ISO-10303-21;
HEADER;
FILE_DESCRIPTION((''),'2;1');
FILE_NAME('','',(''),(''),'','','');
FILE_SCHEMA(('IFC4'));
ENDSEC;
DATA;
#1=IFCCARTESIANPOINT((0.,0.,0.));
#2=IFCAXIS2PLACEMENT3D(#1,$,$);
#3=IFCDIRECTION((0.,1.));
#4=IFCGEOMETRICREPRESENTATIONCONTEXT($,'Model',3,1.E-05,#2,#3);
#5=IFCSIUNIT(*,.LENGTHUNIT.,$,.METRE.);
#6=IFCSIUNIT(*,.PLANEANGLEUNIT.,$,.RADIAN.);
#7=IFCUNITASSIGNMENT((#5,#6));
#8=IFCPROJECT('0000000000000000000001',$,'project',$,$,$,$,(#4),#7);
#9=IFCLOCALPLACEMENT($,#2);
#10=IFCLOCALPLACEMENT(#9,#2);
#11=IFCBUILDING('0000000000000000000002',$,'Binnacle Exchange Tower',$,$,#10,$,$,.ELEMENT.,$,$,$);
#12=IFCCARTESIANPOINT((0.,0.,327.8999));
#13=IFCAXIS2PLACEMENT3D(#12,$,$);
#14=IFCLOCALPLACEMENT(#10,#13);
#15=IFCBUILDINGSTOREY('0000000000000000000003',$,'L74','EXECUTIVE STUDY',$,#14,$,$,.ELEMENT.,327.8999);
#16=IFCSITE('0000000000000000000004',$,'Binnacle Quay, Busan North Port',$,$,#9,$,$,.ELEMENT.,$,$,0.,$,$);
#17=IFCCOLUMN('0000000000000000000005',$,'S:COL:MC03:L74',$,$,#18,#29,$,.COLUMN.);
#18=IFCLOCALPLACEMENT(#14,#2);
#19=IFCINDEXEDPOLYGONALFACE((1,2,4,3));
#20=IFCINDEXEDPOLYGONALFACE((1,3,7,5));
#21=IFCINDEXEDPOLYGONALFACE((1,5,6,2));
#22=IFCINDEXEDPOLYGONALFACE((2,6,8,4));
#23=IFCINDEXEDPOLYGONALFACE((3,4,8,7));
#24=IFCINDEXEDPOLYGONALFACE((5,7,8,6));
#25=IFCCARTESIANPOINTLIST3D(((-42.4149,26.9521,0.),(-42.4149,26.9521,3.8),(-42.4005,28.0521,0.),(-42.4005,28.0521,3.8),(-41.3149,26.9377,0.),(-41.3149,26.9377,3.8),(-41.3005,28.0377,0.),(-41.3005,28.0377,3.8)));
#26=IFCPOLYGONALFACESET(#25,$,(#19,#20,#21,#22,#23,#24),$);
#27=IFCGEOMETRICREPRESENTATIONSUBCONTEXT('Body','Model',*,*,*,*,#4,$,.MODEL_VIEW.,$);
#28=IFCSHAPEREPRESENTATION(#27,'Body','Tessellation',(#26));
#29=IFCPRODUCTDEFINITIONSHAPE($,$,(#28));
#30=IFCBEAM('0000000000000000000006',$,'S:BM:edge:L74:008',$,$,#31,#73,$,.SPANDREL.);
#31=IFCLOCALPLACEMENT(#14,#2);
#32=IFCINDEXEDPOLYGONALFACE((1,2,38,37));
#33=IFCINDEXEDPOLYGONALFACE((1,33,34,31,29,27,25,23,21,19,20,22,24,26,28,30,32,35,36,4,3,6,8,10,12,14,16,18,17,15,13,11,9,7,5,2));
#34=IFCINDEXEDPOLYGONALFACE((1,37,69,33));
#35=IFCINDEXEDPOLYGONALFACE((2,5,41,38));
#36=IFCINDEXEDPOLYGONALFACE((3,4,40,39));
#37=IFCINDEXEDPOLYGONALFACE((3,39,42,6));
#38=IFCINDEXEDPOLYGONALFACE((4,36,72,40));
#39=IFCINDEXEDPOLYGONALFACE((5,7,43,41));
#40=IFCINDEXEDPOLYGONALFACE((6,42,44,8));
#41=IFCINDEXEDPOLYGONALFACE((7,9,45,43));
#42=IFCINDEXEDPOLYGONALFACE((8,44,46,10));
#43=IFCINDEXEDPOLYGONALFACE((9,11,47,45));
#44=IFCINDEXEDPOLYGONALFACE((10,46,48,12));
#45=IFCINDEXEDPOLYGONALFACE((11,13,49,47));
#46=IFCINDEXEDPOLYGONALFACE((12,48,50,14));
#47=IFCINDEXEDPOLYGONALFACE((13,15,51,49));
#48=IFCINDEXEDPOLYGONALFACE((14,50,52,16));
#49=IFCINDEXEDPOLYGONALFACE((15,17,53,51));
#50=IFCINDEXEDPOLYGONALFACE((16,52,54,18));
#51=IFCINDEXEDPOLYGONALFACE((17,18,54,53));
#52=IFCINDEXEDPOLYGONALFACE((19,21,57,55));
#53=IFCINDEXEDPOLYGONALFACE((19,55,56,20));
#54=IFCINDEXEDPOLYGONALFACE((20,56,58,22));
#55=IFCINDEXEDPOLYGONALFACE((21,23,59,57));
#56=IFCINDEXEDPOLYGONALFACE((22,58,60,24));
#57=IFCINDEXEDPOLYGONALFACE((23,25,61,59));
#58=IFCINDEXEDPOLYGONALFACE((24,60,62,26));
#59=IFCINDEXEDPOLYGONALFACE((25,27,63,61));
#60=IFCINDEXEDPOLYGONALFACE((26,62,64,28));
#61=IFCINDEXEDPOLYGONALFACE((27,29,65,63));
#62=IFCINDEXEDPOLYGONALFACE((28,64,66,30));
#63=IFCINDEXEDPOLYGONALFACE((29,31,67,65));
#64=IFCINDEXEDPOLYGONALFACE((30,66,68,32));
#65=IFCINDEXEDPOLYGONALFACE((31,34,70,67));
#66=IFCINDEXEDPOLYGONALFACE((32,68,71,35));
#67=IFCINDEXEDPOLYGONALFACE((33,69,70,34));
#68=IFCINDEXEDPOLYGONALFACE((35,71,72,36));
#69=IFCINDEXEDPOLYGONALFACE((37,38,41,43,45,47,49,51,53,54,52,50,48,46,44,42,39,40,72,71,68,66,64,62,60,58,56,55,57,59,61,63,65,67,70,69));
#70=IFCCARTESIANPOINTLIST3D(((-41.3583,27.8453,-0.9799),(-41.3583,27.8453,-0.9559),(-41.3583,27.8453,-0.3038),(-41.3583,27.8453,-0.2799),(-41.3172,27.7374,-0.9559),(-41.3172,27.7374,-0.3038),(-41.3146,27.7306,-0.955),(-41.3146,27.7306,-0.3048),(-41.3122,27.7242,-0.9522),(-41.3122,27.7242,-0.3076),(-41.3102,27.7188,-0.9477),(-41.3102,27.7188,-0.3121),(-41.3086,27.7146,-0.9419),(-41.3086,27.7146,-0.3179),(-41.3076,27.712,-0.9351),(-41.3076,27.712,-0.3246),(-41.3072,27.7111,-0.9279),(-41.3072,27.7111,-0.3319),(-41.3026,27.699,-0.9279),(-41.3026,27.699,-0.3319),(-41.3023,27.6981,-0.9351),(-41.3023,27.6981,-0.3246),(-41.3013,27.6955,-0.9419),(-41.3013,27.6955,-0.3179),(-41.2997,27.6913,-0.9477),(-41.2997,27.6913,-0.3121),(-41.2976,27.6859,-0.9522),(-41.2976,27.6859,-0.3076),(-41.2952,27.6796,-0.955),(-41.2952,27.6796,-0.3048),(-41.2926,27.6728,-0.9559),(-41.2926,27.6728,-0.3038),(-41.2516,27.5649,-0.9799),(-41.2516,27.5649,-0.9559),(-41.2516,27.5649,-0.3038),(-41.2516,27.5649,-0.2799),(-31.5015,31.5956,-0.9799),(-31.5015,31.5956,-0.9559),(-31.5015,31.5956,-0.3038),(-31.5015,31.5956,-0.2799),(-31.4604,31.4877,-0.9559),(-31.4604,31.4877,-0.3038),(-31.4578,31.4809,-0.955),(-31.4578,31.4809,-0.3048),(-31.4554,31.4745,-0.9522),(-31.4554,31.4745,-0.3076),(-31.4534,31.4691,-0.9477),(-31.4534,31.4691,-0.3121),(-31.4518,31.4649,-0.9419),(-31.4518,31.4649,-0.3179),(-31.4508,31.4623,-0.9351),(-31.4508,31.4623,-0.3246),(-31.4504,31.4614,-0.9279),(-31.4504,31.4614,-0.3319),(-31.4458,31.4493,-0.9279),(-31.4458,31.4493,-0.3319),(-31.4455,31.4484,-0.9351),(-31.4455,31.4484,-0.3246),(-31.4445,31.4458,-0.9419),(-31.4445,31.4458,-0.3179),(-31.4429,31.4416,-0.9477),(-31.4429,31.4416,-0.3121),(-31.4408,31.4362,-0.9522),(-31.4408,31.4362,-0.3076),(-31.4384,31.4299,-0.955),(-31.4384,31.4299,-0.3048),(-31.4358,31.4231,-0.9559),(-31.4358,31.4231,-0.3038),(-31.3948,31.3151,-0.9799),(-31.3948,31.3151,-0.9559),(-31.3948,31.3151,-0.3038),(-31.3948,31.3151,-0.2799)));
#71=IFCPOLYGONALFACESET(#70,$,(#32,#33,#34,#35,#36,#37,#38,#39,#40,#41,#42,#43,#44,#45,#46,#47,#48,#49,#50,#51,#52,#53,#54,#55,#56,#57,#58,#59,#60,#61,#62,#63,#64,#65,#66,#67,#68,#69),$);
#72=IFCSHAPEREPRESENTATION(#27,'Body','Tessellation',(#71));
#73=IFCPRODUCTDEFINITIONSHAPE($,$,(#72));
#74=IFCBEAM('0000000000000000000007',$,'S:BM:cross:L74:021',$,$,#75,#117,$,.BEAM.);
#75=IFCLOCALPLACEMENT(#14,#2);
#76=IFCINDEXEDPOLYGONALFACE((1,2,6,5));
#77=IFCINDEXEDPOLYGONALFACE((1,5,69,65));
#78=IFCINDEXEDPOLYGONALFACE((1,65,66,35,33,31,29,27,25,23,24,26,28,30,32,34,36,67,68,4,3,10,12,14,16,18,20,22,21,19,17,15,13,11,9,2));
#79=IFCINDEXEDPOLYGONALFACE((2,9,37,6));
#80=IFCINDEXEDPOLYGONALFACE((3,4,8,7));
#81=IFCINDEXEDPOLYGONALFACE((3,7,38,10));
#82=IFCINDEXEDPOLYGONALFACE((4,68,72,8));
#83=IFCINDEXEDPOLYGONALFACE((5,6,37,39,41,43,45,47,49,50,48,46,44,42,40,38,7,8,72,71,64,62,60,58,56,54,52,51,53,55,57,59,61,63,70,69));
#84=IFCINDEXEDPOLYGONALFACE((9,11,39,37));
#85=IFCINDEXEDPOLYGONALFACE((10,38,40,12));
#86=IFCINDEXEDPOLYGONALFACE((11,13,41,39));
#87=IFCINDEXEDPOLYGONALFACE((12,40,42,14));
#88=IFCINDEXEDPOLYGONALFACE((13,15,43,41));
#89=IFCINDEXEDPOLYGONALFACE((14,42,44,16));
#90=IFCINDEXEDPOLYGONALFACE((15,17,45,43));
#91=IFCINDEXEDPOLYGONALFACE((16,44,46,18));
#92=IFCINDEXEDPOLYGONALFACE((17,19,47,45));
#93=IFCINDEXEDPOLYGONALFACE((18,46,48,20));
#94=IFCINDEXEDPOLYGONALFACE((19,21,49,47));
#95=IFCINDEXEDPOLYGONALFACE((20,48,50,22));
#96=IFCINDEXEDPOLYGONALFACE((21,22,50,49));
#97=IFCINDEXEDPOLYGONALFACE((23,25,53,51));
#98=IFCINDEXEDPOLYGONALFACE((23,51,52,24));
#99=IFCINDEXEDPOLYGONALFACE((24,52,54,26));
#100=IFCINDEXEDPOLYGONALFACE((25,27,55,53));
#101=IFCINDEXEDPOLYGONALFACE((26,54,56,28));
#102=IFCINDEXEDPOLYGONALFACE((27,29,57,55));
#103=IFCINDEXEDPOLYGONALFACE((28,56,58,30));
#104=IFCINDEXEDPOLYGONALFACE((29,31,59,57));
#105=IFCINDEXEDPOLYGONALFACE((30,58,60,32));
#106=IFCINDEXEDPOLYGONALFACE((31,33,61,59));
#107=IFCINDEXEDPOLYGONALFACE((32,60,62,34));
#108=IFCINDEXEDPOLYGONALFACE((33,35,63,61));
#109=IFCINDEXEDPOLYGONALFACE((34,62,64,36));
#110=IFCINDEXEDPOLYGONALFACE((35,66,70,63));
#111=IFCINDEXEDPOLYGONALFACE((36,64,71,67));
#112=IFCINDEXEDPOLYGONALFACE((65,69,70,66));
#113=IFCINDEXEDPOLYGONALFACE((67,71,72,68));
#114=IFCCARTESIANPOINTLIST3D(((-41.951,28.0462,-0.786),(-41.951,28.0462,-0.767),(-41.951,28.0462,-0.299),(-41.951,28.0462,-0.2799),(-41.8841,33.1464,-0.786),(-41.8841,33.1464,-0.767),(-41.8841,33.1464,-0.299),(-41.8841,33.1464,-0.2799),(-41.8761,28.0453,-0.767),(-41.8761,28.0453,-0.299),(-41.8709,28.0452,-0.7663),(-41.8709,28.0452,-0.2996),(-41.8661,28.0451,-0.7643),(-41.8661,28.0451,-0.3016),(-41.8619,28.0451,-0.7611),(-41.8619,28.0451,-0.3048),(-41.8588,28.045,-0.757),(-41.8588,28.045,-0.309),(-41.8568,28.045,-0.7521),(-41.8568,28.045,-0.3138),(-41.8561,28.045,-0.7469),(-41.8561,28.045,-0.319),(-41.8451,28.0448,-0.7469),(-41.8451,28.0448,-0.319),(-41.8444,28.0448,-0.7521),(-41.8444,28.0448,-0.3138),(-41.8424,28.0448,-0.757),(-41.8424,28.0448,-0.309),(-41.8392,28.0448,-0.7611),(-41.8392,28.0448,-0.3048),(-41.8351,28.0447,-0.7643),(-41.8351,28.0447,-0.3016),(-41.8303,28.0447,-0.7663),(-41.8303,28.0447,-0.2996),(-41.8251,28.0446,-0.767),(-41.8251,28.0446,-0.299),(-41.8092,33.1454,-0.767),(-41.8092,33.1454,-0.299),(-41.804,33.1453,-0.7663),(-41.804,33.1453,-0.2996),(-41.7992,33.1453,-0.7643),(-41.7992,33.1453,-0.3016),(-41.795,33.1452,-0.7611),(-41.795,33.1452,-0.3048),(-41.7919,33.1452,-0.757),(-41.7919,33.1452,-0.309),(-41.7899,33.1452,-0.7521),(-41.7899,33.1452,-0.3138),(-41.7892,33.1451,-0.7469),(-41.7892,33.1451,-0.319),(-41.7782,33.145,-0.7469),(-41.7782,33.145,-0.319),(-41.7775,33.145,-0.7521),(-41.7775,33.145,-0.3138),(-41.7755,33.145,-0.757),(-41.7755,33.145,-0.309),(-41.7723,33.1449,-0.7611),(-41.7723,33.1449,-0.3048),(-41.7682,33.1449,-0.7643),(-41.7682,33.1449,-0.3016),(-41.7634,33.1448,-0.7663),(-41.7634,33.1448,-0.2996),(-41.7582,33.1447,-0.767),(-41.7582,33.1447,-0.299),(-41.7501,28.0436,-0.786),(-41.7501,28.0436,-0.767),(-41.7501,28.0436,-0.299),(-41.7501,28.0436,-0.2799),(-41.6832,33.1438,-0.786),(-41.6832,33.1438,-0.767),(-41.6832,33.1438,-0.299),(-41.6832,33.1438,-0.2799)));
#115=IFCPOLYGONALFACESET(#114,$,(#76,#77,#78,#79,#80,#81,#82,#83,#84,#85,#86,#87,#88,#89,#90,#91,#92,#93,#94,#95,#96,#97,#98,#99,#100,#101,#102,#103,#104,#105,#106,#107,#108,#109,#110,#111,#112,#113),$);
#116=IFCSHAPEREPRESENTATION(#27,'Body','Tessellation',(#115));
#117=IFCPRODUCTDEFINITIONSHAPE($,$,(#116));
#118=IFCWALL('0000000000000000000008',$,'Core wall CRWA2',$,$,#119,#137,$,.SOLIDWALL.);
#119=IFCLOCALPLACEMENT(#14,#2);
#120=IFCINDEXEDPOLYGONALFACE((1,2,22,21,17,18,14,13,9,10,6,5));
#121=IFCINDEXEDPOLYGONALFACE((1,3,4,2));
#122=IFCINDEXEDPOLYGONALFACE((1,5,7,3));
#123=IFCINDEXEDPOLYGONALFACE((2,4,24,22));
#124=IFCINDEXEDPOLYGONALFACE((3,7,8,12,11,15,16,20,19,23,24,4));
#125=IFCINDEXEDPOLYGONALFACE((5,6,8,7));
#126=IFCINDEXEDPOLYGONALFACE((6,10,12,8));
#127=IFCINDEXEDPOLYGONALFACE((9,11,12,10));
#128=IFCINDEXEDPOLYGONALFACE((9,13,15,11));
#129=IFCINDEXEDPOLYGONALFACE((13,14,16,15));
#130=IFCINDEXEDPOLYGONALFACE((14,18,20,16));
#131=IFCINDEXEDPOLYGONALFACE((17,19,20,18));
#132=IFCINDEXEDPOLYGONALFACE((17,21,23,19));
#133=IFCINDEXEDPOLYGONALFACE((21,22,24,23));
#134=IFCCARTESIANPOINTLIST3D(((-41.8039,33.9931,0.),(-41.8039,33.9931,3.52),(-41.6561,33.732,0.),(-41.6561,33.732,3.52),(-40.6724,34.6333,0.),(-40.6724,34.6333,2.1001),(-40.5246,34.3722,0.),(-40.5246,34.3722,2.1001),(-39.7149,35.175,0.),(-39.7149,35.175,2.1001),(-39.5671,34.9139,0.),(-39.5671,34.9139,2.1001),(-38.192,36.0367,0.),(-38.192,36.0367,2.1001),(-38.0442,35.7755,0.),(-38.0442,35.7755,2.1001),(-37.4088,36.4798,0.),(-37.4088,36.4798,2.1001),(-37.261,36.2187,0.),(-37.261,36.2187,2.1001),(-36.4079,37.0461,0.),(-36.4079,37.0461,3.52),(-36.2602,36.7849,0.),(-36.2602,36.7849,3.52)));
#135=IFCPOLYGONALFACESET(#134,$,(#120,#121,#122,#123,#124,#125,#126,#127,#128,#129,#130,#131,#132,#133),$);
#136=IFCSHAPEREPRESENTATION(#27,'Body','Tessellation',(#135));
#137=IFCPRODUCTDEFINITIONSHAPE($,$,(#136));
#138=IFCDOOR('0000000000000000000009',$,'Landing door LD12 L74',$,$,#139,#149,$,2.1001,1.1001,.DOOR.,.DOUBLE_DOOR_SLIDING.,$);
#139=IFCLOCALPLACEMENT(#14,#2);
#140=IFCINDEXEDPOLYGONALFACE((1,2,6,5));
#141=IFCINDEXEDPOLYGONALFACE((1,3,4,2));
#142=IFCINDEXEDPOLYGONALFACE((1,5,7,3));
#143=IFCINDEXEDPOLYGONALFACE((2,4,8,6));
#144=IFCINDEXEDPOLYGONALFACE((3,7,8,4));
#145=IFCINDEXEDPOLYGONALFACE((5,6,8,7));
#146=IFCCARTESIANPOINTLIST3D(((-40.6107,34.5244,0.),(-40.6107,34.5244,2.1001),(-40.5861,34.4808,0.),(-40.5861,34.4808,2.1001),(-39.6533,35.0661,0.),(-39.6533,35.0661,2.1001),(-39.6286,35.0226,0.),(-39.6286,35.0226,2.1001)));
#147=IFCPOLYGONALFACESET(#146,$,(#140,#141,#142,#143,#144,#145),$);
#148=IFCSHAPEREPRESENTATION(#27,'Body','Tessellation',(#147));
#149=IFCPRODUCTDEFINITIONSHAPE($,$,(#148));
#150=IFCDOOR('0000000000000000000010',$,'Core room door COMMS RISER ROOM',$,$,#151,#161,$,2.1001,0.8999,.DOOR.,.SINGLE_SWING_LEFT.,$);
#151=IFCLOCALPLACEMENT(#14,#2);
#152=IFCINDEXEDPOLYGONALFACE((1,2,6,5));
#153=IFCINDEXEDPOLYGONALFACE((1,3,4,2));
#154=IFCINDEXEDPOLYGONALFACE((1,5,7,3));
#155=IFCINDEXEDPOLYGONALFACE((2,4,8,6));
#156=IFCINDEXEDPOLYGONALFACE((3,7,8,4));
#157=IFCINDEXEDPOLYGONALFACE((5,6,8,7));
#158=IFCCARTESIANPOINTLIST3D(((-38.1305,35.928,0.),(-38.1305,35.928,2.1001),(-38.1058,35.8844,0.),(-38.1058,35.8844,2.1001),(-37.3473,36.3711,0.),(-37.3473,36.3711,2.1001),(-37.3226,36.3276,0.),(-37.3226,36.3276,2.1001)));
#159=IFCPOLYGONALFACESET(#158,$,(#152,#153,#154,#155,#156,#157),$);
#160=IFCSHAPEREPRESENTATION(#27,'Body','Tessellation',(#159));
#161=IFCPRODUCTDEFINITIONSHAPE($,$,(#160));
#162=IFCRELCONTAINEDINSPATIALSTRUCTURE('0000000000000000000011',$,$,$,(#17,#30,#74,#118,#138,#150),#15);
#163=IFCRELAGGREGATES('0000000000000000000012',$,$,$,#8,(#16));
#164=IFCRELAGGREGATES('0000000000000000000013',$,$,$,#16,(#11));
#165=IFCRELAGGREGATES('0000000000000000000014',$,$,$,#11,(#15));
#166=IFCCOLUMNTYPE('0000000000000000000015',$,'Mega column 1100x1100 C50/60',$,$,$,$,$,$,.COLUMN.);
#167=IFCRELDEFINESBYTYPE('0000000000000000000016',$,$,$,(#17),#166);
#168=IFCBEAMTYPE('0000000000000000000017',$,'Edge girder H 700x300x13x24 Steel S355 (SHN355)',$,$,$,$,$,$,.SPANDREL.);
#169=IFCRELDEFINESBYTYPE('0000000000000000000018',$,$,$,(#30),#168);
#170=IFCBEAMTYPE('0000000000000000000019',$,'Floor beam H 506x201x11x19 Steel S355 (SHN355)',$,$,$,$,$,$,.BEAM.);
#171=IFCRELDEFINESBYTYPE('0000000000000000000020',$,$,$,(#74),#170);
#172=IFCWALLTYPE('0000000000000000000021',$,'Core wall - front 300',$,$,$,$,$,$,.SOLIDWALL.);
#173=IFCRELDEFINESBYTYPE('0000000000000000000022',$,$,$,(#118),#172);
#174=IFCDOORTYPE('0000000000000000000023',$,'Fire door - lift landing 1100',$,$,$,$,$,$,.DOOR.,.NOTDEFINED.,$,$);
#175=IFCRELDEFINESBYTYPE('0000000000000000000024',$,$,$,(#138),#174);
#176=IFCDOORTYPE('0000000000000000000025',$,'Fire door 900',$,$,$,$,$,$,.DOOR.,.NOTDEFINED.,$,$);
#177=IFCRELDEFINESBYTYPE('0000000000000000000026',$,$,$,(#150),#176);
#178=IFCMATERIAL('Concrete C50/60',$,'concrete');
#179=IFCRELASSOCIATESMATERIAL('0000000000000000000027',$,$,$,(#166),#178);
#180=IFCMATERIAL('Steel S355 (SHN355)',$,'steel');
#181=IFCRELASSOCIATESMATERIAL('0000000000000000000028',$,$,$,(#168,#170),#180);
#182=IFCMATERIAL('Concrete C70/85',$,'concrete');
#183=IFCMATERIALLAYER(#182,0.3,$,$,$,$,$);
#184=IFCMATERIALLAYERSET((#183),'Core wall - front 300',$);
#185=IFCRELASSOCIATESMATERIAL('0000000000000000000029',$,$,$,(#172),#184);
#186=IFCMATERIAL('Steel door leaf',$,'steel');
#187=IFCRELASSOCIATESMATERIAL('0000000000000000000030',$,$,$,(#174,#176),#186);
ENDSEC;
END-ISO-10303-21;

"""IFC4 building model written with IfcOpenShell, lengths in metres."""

from ifc_helpers import new_model, si_unit, direction, frame, frame_2d, origin, origin_2d, place, context, subcontext, project, spatial, rectangle, i_section, extrude, material, layer, layer_set, material_profile, profile_set, type_object, element, fill, save


model = new_model("IFC4")

# Units and contexts
model_context = context("Model", 3, precision=1e-05, world=origin(), true_north=direction((0.0, 1.0)))
body_context = subcontext(model_context, "Body", "Model", "MODEL_VIEW")
ifc_project = project(units=[si_unit("LENGTHUNIT", "METRE"), si_unit("PLANEANGLEUNIT", "RADIAN")], contexts=[model_context])

# Site, building, storey
site_placement = place(None, origin())
site = spatial("IfcSite", under=ifc_project, at=site_placement, Name="Binnacle Quay, Busan North Port", CompositionType="ELEMENT", RefElevation=0.0)
building_placement = place(site_placement, origin())
building = spatial("IfcBuilding", under=site, at=building_placement, Name="Binnacle Exchange Tower", CompositionType="ELEMENT")
storey_placement = place(building_placement, frame((0.0, 0.0, 327.8999)))
storey = spatial("IfcBuildingStorey", under=building, at=storey_placement, Name="L74", Description="EXECUTIVE STUDY", CompositionType="ELEMENT", Elevation=327.8999)

# Column
ifc_material_1 = material(Name="Concrete C50/60", Category="concrete")
ifc_material_profile_1 = material_profile(ifc_material_1, rectangle(XDim=1.1001, YDim=1.1001, at=origin_2d()), Name="Mega column 1100x1100 C50/60")
ifc_profile_set_1 = profile_set([ifc_material_profile_1], Name="Concrete C50/60")
column_type = type_object("IfcColumnType", Name="Mega column 1100x1100 C50/60", PredefinedType="COLUMN", material=ifc_profile_set_1)
column_placement = place(storey_placement, frame((-41.8577, 27.4949, 0.0), z_axis=(0.0, 0.0, 1.0), x_axis=(0.999914, -0.01309, 0.0)))
element("IfcColumn", 1, at=column_placement, inside=storey, type_object=column_type, Name="S:COL:MC03:L74", PredefinedType="COLUMN", context=body_context, shape_type="SweptSolid", body=[
    extrude(rectangle(XDim=1.1001, YDim=1.1001, at=origin_2d()), origin(), (0.0, 0.0, 1.0), 3.8),
])

# Beams
ifc_material_2 = material(Name="Steel S355 (SHN355)", Category="steel")
ifc_material_profile_2 = material_profile(ifc_material_2, i_section(OverallWidth=0.3, OverallDepth=0.7, WebThickness=0.0129, FlangeThickness=0.0239, FilletRadius=0.0281, at=origin_2d()), Name="H 700x300x13x24")
ifc_profile_set_2 = profile_set([ifc_material_profile_2], Name="Steel S355 (SHN355)")
beam_type_1 = type_object("IfcBeamType", Name="Edge girder H 700x300x13x24 Steel S355 (SHN355)", PredefinedType="SPANDREL", material=ifc_profile_set_2)
beam_1_placement = place(storey_placement, frame((-41.3049, 27.7051, -0.6299), z_axis=(0.934635, 0.355607, 0.0), x_axis=(-0.355607, 0.934635, 0.0)))
element("IfcBeam", 2, at=beam_1_placement, inside=storey, type_object=beam_type_1, Name="S:BM:edge:L74:008", PredefinedType="SPANDREL", context=body_context, shape_type="SweptSolid", body=[
    extrude(i_section(OverallWidth=0.3, OverallDepth=0.7, WebThickness=0.0129, FlangeThickness=0.0239, FilletRadius=0.0281, at=origin_2d()), origin(), (0.0, 0.0, 1.0), 10.5461),
])
ifc_material_profile_3 = material_profile(ifc_material_2, i_section(OverallWidth=0.2009, OverallDepth=0.5061, WebThickness=0.011, FlangeThickness=0.019, FilletRadius=0.02, at=origin_2d()), Name="H 506x201x11x19")
ifc_profile_set_3 = profile_set([ifc_material_profile_3], Name="Steel S355 (SHN355)")
beam_type_2 = type_object("IfcBeamType", Name="Floor beam H 506x201x11x19 Steel S355 (SHN355)", PredefinedType="BEAM", material=ifc_profile_set_3)
beam_2_placement = place(storey_placement, frame((-41.8506, 28.0449, -0.533), z_axis=(0.013115, 0.999914, 0.0), x_axis=(-0.999914, 0.013115, 0.0)))
element("IfcBeam", 3, at=beam_2_placement, inside=storey, type_object=beam_type_2, Name="S:BM:cross:L74:021", PredefinedType="BEAM", context=body_context, shape_type="SweptSolid", body=[
    extrude(i_section(OverallWidth=0.2009, OverallDepth=0.5061, WebThickness=0.011, FlangeThickness=0.019, FilletRadius=0.02, at=origin_2d()), origin(), (0.0, 0.0, 1.0), 5.1006),
])

# Wall, openings, doors
ifc_material_3 = material(Name="Concrete C70/85", Category="concrete")
ifc_layer_1 = layer(ifc_material_3, 0.3)
ifc_layer_set_1 = layer_set([ifc_layer_1], Name="Core wall - front 300")
wall_type_1 = type_object("IfcWallType", Name="Core wall - front 300", PredefinedType="SOLIDWALL", material=ifc_layer_set_1)
wall_1_placement = place(storey_placement, frame((-41.73, 33.8625, 0.0), z_axis=(0.0, 0.0, 1.0), x_axis=(0.870351, 0.492432, 0.0)))
wall_1 = element("IfcWall", 4, at=wall_1_placement, inside=storey, type_object=wall_type_1, Name="Core wall CRWA2", PredefinedType="SOLIDWALL", context=body_context, shape_type="SweptSolid", body=[
    extrude(rectangle(XDim=6.1997, YDim=0.3, at=frame_2d((3.0999, 0.0))), origin(), (0.0, 0.0, 1.0), 3.52),
])
opening_1_placement = place(wall_1_placement, frame((1.3, 0.0, 0.0)))
opening_1 = element("IfcOpeningElement", 5, at=opening_1_placement, cuts=wall_1, PredefinedType="OPENING", context=body_context, shape_type="SweptSolid", body=[
    extrude(rectangle(XDim=1.1001, YDim=2.1001, at=frame_2d((0.55, 1.05))), frame((0.0, 0.1599, 0.0), z_axis=(0.0, -1.0, 0.0), x_axis=(1.0, 0.0, 0.0)), (0.0, 0.0, 1.0), 0.3201),
])
opening_2_placement = place(wall_1_placement, frame((4.1499, 0.0, 0.0)))
opening_2 = element("IfcOpeningElement", 6, at=opening_2_placement, cuts=wall_1, PredefinedType="OPENING", context=body_context, shape_type="SweptSolid", body=[
    extrude(rectangle(XDim=0.8999, YDim=2.1001, at=frame_2d((0.45, 1.05))), frame((0.0, 0.1599, 0.0), z_axis=(0.0, -1.0, 0.0), x_axis=(1.0, 0.0, 0.0)), (0.0, 0.0, 1.0), 0.3201),
])
ifc_material_4 = material(Name="Steel door leaf", Category="steel")
door_type_1 = type_object("IfcDoorType", Name="Fire door - lift landing 1100", OperationType="NOTDEFINED", PredefinedType="DOOR", material=ifc_material_4)
door_1_placement = place(opening_1_placement, origin())
door_1 = element("IfcDoor", 7, at=door_1_placement, inside=storey, type_object=door_type_1, Name="Landing door LD12 L74", OperationType="DOUBLE_DOOR_SLIDING", OverallHeight=2.1001, OverallWidth=1.1001, PredefinedType="DOOR", context=body_context, shape_type="SweptSolid", body=[
    extrude(rectangle(XDim=1.1001, YDim=2.1001, at=frame_2d((0.55, 1.05))), frame((0.0, 0.0249, 0.0), z_axis=(0.0, -1.0, 0.0), x_axis=(1.0, 0.0, 0.0)), (0.0, 0.0, 1.0), 0.05),
])
fill(opening_1, door_1)
door_type_2 = type_object("IfcDoorType", Name="Fire door 900", OperationType="NOTDEFINED", PredefinedType="DOOR", material=ifc_material_4)
door_2_placement = place(opening_2_placement, frame((0.8999, 0.0, 0.0), z_axis=(0.0, 0.0, 1.0), x_axis=(-1.0, 0.0, 0.0)))
door_2 = element("IfcDoor", 8, at=door_2_placement, inside=storey, type_object=door_type_2, Name="Core room door COMMS RISER ROOM", OperationType="SINGLE_SWING_LEFT", OverallHeight=2.1001, OverallWidth=0.8999, PredefinedType="DOOR", context=body_context, shape_type="SweptSolid", body=[
    extrude(rectangle(XDim=0.8999, YDim=2.1001, at=frame_2d((0.45, 1.05))), frame((0.0, 0.0249, 0.0), z_axis=(0.0, -1.0, 0.0), x_axis=(1.0, 0.0, 0.0)), (0.0, 0.0, 1.0), 0.05),
])
fill(opening_2, door_2)

save(model, "model.ifc")
